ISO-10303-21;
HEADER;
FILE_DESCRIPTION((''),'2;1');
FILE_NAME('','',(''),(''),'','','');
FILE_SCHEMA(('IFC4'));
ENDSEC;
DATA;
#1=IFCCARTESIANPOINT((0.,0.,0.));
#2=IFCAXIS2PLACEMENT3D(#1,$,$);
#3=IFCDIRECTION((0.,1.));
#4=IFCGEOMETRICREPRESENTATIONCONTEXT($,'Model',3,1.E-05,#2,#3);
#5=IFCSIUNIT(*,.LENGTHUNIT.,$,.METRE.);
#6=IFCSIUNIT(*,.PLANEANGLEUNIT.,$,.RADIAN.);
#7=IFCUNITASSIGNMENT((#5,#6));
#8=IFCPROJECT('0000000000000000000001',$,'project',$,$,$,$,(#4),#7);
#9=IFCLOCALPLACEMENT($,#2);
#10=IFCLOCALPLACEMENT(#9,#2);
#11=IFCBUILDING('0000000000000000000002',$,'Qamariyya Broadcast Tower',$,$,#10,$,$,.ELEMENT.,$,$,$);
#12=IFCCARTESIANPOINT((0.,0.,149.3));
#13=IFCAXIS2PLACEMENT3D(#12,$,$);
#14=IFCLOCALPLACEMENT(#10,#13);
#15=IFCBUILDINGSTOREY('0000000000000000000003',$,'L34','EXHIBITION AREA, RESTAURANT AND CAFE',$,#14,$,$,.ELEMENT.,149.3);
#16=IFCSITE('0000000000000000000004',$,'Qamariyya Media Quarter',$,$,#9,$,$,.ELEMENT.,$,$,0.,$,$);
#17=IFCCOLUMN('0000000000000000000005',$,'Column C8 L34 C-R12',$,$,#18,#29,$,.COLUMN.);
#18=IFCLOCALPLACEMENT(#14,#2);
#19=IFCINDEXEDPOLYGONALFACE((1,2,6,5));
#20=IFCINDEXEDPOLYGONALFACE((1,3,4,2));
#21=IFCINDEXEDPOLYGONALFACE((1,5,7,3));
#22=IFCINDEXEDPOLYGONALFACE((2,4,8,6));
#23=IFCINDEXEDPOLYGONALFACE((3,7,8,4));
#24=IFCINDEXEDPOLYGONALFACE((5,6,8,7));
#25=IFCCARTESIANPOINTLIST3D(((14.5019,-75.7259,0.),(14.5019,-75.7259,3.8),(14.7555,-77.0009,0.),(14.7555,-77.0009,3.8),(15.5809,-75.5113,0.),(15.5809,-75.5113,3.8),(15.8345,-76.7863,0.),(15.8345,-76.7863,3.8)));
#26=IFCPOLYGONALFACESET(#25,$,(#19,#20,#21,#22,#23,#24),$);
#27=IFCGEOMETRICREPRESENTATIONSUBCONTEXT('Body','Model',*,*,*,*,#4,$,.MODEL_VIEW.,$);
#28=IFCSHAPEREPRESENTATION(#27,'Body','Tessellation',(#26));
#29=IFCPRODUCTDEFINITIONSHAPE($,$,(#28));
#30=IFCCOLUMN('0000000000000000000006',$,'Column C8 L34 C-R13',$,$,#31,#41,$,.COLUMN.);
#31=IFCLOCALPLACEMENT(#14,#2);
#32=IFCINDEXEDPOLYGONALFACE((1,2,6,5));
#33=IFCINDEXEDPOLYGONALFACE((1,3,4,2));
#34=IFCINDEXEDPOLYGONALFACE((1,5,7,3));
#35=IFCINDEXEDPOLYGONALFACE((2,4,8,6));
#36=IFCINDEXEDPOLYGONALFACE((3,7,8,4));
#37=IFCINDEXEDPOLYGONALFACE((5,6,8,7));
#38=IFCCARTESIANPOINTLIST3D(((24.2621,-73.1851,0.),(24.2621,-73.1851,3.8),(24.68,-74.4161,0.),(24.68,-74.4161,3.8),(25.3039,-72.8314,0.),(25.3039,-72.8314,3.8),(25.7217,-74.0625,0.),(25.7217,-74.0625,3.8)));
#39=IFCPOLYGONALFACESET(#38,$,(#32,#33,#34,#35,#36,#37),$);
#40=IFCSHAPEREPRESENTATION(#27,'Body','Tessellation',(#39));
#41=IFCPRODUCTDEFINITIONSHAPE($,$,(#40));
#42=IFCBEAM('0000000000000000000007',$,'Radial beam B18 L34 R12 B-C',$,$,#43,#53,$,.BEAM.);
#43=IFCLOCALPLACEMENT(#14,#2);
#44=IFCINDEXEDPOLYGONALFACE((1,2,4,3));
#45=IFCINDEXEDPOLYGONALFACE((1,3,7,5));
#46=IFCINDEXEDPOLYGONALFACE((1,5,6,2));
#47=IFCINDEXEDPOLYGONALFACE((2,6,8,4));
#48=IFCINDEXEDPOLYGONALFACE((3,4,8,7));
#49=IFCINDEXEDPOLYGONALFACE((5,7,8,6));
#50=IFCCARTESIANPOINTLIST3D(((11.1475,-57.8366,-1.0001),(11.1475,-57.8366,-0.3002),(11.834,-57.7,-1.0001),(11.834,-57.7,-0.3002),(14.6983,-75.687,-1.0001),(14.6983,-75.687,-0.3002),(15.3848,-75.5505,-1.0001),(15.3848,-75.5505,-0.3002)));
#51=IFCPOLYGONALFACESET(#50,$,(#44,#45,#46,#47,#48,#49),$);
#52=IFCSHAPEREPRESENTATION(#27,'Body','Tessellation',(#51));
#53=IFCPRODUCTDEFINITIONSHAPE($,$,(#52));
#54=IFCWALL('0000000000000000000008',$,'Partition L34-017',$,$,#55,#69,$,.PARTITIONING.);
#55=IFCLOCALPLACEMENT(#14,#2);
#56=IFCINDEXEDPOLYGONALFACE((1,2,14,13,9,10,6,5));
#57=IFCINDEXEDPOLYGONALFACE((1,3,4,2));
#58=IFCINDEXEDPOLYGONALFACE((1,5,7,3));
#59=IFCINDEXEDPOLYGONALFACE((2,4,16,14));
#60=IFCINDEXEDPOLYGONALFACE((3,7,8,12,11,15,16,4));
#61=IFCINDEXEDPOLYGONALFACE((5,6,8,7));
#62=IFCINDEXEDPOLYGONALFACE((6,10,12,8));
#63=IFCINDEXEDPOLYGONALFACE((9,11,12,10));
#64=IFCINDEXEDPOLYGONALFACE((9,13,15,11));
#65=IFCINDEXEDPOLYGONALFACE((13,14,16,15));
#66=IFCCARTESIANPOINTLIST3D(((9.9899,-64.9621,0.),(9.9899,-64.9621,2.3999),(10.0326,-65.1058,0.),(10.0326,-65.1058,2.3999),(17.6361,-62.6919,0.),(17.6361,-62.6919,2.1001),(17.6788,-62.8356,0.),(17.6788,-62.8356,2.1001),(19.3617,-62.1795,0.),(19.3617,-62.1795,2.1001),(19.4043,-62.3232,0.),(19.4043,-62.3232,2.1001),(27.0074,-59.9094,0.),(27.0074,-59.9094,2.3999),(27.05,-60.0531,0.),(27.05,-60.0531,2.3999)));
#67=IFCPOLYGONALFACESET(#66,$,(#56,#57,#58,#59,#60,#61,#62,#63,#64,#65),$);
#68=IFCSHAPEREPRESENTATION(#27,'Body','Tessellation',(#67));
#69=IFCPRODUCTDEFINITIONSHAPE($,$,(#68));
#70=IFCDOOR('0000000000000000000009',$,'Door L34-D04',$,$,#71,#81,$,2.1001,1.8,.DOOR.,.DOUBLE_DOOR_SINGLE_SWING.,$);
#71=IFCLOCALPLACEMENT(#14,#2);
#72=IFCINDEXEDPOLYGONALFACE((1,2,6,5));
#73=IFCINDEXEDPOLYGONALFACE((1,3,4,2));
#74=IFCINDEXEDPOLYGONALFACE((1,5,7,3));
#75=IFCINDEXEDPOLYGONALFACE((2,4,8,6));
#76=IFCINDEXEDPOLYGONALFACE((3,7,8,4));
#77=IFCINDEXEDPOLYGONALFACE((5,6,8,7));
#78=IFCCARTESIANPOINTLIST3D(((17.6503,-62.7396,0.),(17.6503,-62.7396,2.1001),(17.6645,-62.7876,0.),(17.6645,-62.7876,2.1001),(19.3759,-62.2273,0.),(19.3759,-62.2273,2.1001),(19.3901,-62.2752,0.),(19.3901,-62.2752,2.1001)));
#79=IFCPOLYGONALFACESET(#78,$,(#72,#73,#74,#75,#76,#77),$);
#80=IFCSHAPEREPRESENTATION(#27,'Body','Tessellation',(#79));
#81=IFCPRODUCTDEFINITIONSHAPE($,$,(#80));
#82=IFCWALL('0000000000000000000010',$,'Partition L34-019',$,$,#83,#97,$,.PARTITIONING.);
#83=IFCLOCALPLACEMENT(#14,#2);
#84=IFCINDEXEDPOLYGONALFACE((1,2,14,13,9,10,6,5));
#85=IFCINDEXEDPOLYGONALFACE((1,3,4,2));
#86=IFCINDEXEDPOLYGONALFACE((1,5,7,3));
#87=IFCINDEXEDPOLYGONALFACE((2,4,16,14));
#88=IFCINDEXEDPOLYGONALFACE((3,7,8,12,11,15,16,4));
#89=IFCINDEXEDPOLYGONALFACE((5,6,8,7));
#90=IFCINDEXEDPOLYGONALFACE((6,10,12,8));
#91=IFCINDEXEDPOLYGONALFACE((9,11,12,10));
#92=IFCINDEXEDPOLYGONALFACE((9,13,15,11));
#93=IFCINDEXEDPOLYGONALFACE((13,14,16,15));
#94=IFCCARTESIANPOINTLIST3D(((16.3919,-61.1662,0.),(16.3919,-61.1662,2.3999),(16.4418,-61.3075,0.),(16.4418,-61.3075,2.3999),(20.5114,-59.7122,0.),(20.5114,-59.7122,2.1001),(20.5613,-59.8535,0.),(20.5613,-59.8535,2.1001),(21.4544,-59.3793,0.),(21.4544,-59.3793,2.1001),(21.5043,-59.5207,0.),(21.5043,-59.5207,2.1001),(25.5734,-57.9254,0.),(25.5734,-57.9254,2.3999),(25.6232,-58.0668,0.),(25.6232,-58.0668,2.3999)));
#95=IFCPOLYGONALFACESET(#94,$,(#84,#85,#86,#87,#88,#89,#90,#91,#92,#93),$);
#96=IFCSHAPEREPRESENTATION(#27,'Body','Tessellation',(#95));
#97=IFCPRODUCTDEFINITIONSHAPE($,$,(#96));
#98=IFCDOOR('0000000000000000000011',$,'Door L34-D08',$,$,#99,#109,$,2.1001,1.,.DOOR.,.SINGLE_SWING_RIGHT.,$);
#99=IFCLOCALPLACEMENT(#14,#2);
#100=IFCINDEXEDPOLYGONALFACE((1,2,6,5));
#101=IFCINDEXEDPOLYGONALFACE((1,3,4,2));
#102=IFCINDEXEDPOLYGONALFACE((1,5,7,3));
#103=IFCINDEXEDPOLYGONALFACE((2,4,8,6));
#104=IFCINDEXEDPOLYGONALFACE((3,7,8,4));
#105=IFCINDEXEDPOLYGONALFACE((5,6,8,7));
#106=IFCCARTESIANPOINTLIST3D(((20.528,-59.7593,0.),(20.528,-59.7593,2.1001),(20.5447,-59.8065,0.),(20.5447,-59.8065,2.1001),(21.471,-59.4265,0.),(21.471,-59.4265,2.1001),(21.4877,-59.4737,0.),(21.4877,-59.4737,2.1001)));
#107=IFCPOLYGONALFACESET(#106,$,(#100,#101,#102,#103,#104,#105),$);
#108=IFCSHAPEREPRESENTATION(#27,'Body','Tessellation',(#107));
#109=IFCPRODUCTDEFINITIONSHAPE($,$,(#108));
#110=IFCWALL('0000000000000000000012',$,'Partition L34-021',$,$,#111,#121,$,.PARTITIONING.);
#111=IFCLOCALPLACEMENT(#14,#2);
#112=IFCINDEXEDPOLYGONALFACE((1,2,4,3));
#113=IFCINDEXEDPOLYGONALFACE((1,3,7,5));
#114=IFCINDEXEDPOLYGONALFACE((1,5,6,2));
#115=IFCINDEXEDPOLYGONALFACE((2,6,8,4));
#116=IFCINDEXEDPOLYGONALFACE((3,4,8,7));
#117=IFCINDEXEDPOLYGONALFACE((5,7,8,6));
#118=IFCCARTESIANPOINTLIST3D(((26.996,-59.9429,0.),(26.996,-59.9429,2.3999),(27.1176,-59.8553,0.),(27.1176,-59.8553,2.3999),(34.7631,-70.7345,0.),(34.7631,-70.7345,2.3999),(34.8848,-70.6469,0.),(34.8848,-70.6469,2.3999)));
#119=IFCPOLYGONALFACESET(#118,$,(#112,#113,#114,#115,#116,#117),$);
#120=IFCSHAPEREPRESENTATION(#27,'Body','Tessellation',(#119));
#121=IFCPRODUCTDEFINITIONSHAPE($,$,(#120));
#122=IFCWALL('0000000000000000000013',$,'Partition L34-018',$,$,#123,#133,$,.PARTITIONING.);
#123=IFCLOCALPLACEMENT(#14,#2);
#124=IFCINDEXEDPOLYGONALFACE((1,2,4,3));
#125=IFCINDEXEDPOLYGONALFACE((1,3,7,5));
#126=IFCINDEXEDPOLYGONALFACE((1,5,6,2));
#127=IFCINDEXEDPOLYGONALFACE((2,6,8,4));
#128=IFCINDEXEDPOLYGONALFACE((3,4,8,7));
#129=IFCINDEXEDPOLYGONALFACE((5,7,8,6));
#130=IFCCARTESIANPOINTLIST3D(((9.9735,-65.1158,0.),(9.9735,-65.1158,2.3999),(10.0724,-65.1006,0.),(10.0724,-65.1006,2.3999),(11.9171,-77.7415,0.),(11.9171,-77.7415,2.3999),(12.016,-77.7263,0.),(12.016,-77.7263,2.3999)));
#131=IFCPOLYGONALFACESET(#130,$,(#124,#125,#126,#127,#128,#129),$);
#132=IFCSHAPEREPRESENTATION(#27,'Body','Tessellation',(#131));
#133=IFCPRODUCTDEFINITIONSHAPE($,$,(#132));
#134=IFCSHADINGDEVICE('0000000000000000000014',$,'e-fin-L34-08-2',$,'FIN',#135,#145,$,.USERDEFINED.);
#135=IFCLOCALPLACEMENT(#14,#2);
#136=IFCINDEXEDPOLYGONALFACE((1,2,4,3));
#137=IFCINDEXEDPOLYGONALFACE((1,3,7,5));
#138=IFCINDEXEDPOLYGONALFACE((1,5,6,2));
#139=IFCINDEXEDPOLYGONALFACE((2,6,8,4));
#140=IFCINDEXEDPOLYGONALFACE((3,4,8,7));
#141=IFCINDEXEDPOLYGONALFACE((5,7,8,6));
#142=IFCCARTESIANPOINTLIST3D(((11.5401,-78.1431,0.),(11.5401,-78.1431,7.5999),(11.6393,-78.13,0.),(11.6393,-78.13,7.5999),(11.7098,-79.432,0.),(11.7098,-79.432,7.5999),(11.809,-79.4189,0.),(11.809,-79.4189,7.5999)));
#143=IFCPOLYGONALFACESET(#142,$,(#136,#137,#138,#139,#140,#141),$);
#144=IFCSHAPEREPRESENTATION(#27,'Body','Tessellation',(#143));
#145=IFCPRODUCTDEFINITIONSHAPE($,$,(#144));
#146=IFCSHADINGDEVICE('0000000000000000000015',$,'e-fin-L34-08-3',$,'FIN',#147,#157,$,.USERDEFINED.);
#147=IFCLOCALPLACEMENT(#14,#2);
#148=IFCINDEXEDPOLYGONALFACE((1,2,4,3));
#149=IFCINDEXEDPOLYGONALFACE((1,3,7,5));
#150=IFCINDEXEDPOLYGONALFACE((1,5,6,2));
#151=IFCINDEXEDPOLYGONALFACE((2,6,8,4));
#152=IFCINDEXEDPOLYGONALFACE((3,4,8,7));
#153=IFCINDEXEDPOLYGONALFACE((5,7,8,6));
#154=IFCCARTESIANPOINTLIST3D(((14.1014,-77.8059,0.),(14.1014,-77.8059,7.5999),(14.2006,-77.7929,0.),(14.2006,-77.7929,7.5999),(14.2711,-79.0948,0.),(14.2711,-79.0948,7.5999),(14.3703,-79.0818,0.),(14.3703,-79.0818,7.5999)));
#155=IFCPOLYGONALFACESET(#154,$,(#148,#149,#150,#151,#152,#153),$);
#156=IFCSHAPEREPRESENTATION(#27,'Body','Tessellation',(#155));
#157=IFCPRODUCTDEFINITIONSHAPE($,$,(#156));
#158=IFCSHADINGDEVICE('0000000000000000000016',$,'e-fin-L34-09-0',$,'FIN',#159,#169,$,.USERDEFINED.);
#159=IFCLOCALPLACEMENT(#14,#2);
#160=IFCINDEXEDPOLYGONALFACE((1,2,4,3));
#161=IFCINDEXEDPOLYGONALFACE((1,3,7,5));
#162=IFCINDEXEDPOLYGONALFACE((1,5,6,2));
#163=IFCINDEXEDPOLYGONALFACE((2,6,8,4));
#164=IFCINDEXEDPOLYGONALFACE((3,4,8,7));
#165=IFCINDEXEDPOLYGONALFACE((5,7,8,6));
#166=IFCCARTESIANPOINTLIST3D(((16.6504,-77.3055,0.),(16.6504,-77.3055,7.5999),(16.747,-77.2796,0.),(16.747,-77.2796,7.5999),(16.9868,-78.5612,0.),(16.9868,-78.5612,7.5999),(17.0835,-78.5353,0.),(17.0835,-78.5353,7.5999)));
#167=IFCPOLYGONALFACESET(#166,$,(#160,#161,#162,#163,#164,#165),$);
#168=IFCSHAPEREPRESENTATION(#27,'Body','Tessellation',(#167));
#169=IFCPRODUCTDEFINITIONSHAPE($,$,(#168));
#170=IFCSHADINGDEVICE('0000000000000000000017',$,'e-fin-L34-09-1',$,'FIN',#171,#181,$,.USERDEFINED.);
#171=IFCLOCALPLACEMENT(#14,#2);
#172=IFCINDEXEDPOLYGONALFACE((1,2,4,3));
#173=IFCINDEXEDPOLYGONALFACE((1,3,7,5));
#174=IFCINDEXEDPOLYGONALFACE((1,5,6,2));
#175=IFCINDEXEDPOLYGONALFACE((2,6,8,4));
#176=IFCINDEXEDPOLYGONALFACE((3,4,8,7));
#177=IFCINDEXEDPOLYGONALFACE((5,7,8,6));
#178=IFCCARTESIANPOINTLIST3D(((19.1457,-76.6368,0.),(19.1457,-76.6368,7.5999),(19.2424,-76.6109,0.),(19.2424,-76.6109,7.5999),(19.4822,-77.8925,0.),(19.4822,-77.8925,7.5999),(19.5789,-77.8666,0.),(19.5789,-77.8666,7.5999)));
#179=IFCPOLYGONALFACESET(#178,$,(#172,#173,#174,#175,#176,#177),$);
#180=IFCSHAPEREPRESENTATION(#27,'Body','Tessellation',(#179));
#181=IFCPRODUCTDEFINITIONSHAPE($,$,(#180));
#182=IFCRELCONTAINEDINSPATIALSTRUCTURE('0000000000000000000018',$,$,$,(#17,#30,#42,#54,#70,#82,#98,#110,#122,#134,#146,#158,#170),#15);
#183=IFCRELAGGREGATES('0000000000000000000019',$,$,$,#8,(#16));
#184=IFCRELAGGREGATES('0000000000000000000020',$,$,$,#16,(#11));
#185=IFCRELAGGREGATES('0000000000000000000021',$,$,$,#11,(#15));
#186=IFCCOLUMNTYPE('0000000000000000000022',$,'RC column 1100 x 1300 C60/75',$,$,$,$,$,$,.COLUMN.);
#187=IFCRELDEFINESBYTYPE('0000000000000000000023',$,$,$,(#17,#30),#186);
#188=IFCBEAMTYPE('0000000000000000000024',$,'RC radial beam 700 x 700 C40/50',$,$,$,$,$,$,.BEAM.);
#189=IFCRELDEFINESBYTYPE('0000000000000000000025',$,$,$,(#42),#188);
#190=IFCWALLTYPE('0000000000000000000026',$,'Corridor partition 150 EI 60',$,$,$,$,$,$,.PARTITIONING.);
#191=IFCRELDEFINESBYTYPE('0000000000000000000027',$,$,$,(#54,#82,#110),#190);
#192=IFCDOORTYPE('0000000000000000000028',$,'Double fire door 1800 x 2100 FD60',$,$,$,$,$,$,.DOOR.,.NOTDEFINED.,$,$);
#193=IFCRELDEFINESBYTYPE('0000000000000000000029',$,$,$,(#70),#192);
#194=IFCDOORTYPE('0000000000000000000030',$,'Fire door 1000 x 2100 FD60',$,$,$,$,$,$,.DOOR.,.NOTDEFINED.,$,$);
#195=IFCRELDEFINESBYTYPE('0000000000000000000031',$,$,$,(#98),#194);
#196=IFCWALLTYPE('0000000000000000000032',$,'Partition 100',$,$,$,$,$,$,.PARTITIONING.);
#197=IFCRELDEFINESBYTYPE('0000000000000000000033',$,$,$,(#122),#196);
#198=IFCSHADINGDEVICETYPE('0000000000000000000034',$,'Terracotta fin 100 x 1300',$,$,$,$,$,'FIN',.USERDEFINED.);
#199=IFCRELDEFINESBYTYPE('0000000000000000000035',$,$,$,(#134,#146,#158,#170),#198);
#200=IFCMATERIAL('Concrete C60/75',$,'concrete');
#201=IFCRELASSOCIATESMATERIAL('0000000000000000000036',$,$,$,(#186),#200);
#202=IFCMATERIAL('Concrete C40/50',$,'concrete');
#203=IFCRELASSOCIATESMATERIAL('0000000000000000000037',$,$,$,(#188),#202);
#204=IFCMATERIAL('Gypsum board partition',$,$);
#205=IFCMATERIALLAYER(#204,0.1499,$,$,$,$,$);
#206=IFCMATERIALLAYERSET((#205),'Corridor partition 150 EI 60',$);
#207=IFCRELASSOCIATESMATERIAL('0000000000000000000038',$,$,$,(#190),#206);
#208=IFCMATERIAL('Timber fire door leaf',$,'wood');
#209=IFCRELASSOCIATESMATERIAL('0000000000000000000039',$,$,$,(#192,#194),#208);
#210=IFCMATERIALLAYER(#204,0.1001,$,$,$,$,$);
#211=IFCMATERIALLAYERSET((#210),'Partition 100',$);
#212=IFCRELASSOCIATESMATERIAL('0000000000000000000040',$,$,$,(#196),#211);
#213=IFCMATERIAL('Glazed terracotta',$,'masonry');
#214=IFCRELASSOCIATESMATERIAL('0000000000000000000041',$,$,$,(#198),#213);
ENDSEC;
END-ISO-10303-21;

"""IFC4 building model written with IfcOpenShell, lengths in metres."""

from ifc_helpers import new_model, si_unit, direction, frame, frame_2d, origin, origin_2d, place, context, subcontext, project, spatial, rectangle, extrude, material, layer, layer_set, material_profile, profile_set, type_object, element, fill, save


model = new_model("IFC4")

# Units and contexts
model_context = context("Model", 3, precision=1e-05, world=origin(), true_north=direction((0.0, 1.0)))
body_context = subcontext(model_context, "Body", "Model", "MODEL_VIEW")
ifc_project = project(units=[si_unit("LENGTHUNIT", "METRE"), si_unit("PLANEANGLEUNIT", "RADIAN")], contexts=[model_context])

# Site, building, storey
site_placement = place(None, origin())
site = spatial("IfcSite", under=ifc_project, at=site_placement, Name="Qamariyya Media Quarter", CompositionType="ELEMENT", RefElevation=0.0)
building_placement = place(site_placement, origin())
building = spatial("IfcBuilding", under=site, at=building_placement, Name="Qamariyya Broadcast Tower", CompositionType="ELEMENT")
storey_placement = place(building_placement, frame((0.0, 0.0, 149.3)))
storey = spatial("IfcBuildingStorey", under=building, at=storey_placement, Name="L34", Description="EXHIBITION AREA, RESTAURANT AND CAFE", CompositionType="ELEMENT", Elevation=149.3)

# Columns
ifc_material_1 = material(Name="Concrete C60/75", Category="concrete")
ifc_material_profile_1 = material_profile(ifc_material_1, rectangle(XDim=1.1001, YDim=1.3, at=origin_2d()))
ifc_profile_set_1 = profile_set([ifc_material_profile_1], Name="Concrete C60/75")
column_type = type_object("IfcColumnType", Name="RC column 1100 x 1300 C60/75", PredefinedType="COLUMN", material=ifc_profile_set_1)
for number, where, z_axis, x_axis, name in (
    (1, (15.1682, -76.2561, 0.0), (0.0, 0.0, 1.0), (0.980785, 0.19509, 0.0), "Column C8 L34 C-R12"),
    (2, (24.9919, -73.6238, 0.0), (0.0, 0.0, 1.0), (0.94693, 0.321439, 0.0), "Column C8 L34 C-R13"),
):
    element("IfcColumn", number, at=place(storey_placement, frame(where, z_axis=z_axis, x_axis=x_axis)), inside=storey, type_object=column_type, Name=name, PredefinedType="COLUMN", context=body_context, shape_type="SweptSolid", body=[
        extrude(rectangle(XDim=1.1001, YDim=1.3, at=origin_2d()), origin(), (0.0, 0.0, 1.0), 3.8),
    ])

# Beam
ifc_material_2 = material(Name="Concrete C40/50", Category="concrete")
ifc_material_profile_2 = material_profile(ifc_material_2, rectangle(XDim=0.7, YDim=0.7, at=origin_2d()))
ifc_profile_set_2 = profile_set([ifc_material_profile_2], Name="Concrete C40/50")
beam_type = type_object("IfcBeamType", Name="RC radial beam 700 x 700 C40/50", PredefinedType="BEAM", material=ifc_profile_set_2)
beam_placement = place(storey_placement, frame((11.4907, -57.7683, -0.6501), z_axis=(0.195097, -0.980784, 0.0), x_axis=(0.980784, 0.195097, 0.0)))
element("IfcBeam", 3, at=beam_placement, inside=storey, type_object=beam_type, Name="Radial beam B18 L34 R12 B-C", PredefinedType="BEAM", context=body_context, shape_type="SweptSolid", body=[
    extrude(rectangle(XDim=0.7, YDim=0.7, at=origin_2d()), origin(), (0.0, 0.0, 1.0), 18.2002),
])

# Walls, openings, doors
ifc_material_3 = material(Name="Gypsum board partition")
ifc_layer_1 = layer(ifc_material_3, 0.1499)
ifc_layer_set_1 = layer_set([ifc_layer_1], Name="Corridor partition 150 EI 60")
wall_type_1 = type_object("IfcWallType", Name="Corridor partition 150 EI 60", PredefinedType="PARTITIONING", material=ifc_layer_set_1)
wall_1_placement = place(storey_placement, frame((27.0288, -59.9812, 0.0), z_axis=(0.0, 0.0, 1.0), x_axis=(-0.958636, -0.284635, 0.0)))
wall_1 = element("IfcWall", 4, at=wall_1_placement, inside=storey, type_object=wall_type_1, Name="Partition L34-017", PredefinedType="PARTITIONING", context=body_context, shape_type="SweptSolid", body=[
    extrude(rectangle(XDim=17.7517, YDim=0.1499, at=frame_2d((8.876, 0.0))), origin(), (0.0, 0.0, 1.0), 2.3999),
])
opening_1_placement = place(wall_1_placement, frame((7.9758, 0.0, 0.0)))
opening_1 = element("IfcOpeningElement", 5, at=opening_1_placement, cuts=wall_1, PredefinedType="OPENING", context=body_context, shape_type="SweptSolid", body=[
    extrude(rectangle(XDim=1.8, YDim=2.1001, at=frame_2d((0.8999, 1.05))), frame((0.0, 0.085, 0.0), z_axis=(0.0, -1.0, 0.0), x_axis=(1.0, 0.0, 0.0)), (0.0, 0.0, 1.0), 0.1699),
])
ifc_material_4 = material(Name="Timber fire door leaf", Category="wood")
door_type_1 = type_object("IfcDoorType", Name="Double fire door 1800 x 2100 FD60", OperationType="NOTDEFINED", PredefinedType="DOOR", material=ifc_material_4)
door_1_placement = place(opening_1_placement, origin())
door_1 = element("IfcDoor", 6, at=door_1_placement, inside=storey, type_object=door_type_1, Name="Door L34-D04", OperationType="DOUBLE_DOOR_SINGLE_SWING", OverallHeight=2.1001, OverallWidth=1.8, PredefinedType="DOOR", context=body_context, shape_type="SweptSolid", body=[
    extrude(rectangle(XDim=1.8, YDim=2.1001, at=frame_2d((0.8999, 1.05))), frame((0.0, 0.0249, 0.0), z_axis=(0.0, -1.0, 0.0), x_axis=(1.0, 0.0, 0.0)), (0.0, 0.0, 1.0), 0.05),
])
fill(opening_1, door_1)
wall_2_placement = place(storey_placement, frame((16.417, -61.2368, 0.0), z_axis=(0.0, 0.0, 1.0), x_axis=(0.942983, 0.332841, 0.0)))
wall_2 = element("IfcWall", 7, at=wall_2_placement, inside=storey, type_object=wall_type_1, Name="Partition L34-019", PredefinedType="PARTITIONING", context=body_context, shape_type="SweptSolid", body=[
    extrude(rectangle(XDim=9.7366, YDim=0.1499, at=frame_2d((4.8682, 0.0))), origin(), (0.0, 0.0, 1.0), 2.3999),
])
opening_2_placement = place(wall_2_placement, frame((4.3684, 0.0, 0.0)))
opening_2 = element("IfcOpeningElement", 8, at=opening_2_placement, cuts=wall_2, PredefinedType="OPENING", context=body_context, shape_type="SweptSolid", body=[
    extrude(rectangle(XDim=1.0, YDim=2.1001, at=frame_2d((0.5, 1.05))), frame((0.0, 0.085, 0.0), z_axis=(0.0, -1.0, 0.0), x_axis=(1.0, 0.0, 0.0)), (0.0, 0.0, 1.0), 0.1699),
])
door_type_2 = type_object("IfcDoorType", Name="Fire door 1000 x 2100 FD60", OperationType="NOTDEFINED", PredefinedType="DOOR", material=ifc_material_4)
door_2_placement = place(opening_2_placement, origin())
door_2 = element("IfcDoor", 9, at=door_2_placement, inside=storey, type_object=door_type_2, Name="Door L34-D08", OperationType="SINGLE_SWING_RIGHT", OverallHeight=2.1001, OverallWidth=1.0, PredefinedType="DOOR", context=body_context, shape_type="SweptSolid", body=[
    extrude(rectangle(XDim=1.0, YDim=2.1001, at=frame_2d((0.5, 1.05))), frame((0.0, 0.0249, 0.0), z_axis=(0.0, -1.0, 0.0), x_axis=(1.0, 0.0, 0.0)), (0.0, 0.0, 1.0), 0.05),
])
fill(opening_2, door_2)

# Walls
wall_3_placement = place(storey_placement, frame((27.0569, -59.8992, 0.0), z_axis=(0.0, 0.0, 1.0), x_axis=(0.584166, -0.811634, 0.0)))
element("IfcWall", 10, at=wall_3_placement, inside=storey, type_object=wall_type_1, Name="Partition L34-021", PredefinedType="PARTITIONING", context=body_context, shape_type="SweptSolid", body=[
    extrude(rectangle(XDim=13.2961, YDim=0.1499, at=frame_2d((6.6479, 0.0))), origin(), (0.0, 0.0, 1.0), 2.3999),
])
ifc_layer_2 = layer(ifc_material_3, 0.1001)
ifc_layer_set_2 = layer_set([ifc_layer_2], Name="Partition 100")
wall_type_2 = type_object("IfcWallType", Name="Partition 100", PredefinedType="PARTITIONING", material=ifc_layer_set_2)
wall_4_placement = place(storey_placement, frame((11.9666, -77.7339, 0.0), z_axis=(0.0, 0.0, 1.0), x_axis=(-0.152148, 0.988358, 0.0)))
element("IfcWall", 11, at=wall_4_placement, inside=storey, type_object=wall_type_2, Name="Partition L34-018", PredefinedType="PARTITIONING", context=body_context, shape_type="SweptSolid", body=[
    extrude(rectangle(XDim=12.7744, YDim=0.1001, at=frame_2d((6.3872, 0.0))), origin(), (0.0, 0.0, 1.0), 2.3999),
])

# Shading devices
ifc_material_5 = material(Name="Glazed terracotta", Category="masonry")
ifc_material_profile_3 = material_profile(ifc_material_5, rectangle(XDim=1.3, YDim=0.1001, at=origin_2d()))
ifc_profile_set_3 = profile_set([ifc_material_profile_3], Name="Glazed terracotta")
shading_device_type_1 = type_object("IfcShadingDeviceType", Name="Terracotta fin 100 x 1300", ElementType="FIN", PredefinedType="USERDEFINED", material=ifc_profile_set_3)
for number, where, z_axis, x_axis, name in (
    (12, (11.6746, -78.781, 0.0), (0.0, 0.0, 1.0), (0.130526, -0.991445, 0.0), "e-fin-L34-08-2"),
    (13, (14.2358, -78.4438, 0.0), (0.0, 0.0, 1.0), (0.130526, -0.991445, 0.0), "e-fin-L34-08-3"),
    (14, (16.8669, -77.9204, 0.0), (0.0, 0.0, 1.0), (0.258819, -0.965926, 0.0), "e-fin-L34-09-0"),
    (15, (19.3623, -77.2517, 0.0), (0.0, 0.0, 1.0), (0.258819, -0.965926, 0.0), "e-fin-L34-09-1"),
):
    element("IfcShadingDevice", number, at=place(storey_placement, frame(where, z_axis=z_axis, x_axis=x_axis)), inside=storey, type_object=shading_device_type_1, Name=name, ObjectType="FIN", PredefinedType="USERDEFINED", context=body_context, shape_type="SweptSolid", body=[
        extrude(rectangle(XDim=1.3, YDim=0.1001, at=origin_2d()), origin(), (0.0, 0.0, 1.0), 7.5999),
    ])

save(model, "model.ifc")
